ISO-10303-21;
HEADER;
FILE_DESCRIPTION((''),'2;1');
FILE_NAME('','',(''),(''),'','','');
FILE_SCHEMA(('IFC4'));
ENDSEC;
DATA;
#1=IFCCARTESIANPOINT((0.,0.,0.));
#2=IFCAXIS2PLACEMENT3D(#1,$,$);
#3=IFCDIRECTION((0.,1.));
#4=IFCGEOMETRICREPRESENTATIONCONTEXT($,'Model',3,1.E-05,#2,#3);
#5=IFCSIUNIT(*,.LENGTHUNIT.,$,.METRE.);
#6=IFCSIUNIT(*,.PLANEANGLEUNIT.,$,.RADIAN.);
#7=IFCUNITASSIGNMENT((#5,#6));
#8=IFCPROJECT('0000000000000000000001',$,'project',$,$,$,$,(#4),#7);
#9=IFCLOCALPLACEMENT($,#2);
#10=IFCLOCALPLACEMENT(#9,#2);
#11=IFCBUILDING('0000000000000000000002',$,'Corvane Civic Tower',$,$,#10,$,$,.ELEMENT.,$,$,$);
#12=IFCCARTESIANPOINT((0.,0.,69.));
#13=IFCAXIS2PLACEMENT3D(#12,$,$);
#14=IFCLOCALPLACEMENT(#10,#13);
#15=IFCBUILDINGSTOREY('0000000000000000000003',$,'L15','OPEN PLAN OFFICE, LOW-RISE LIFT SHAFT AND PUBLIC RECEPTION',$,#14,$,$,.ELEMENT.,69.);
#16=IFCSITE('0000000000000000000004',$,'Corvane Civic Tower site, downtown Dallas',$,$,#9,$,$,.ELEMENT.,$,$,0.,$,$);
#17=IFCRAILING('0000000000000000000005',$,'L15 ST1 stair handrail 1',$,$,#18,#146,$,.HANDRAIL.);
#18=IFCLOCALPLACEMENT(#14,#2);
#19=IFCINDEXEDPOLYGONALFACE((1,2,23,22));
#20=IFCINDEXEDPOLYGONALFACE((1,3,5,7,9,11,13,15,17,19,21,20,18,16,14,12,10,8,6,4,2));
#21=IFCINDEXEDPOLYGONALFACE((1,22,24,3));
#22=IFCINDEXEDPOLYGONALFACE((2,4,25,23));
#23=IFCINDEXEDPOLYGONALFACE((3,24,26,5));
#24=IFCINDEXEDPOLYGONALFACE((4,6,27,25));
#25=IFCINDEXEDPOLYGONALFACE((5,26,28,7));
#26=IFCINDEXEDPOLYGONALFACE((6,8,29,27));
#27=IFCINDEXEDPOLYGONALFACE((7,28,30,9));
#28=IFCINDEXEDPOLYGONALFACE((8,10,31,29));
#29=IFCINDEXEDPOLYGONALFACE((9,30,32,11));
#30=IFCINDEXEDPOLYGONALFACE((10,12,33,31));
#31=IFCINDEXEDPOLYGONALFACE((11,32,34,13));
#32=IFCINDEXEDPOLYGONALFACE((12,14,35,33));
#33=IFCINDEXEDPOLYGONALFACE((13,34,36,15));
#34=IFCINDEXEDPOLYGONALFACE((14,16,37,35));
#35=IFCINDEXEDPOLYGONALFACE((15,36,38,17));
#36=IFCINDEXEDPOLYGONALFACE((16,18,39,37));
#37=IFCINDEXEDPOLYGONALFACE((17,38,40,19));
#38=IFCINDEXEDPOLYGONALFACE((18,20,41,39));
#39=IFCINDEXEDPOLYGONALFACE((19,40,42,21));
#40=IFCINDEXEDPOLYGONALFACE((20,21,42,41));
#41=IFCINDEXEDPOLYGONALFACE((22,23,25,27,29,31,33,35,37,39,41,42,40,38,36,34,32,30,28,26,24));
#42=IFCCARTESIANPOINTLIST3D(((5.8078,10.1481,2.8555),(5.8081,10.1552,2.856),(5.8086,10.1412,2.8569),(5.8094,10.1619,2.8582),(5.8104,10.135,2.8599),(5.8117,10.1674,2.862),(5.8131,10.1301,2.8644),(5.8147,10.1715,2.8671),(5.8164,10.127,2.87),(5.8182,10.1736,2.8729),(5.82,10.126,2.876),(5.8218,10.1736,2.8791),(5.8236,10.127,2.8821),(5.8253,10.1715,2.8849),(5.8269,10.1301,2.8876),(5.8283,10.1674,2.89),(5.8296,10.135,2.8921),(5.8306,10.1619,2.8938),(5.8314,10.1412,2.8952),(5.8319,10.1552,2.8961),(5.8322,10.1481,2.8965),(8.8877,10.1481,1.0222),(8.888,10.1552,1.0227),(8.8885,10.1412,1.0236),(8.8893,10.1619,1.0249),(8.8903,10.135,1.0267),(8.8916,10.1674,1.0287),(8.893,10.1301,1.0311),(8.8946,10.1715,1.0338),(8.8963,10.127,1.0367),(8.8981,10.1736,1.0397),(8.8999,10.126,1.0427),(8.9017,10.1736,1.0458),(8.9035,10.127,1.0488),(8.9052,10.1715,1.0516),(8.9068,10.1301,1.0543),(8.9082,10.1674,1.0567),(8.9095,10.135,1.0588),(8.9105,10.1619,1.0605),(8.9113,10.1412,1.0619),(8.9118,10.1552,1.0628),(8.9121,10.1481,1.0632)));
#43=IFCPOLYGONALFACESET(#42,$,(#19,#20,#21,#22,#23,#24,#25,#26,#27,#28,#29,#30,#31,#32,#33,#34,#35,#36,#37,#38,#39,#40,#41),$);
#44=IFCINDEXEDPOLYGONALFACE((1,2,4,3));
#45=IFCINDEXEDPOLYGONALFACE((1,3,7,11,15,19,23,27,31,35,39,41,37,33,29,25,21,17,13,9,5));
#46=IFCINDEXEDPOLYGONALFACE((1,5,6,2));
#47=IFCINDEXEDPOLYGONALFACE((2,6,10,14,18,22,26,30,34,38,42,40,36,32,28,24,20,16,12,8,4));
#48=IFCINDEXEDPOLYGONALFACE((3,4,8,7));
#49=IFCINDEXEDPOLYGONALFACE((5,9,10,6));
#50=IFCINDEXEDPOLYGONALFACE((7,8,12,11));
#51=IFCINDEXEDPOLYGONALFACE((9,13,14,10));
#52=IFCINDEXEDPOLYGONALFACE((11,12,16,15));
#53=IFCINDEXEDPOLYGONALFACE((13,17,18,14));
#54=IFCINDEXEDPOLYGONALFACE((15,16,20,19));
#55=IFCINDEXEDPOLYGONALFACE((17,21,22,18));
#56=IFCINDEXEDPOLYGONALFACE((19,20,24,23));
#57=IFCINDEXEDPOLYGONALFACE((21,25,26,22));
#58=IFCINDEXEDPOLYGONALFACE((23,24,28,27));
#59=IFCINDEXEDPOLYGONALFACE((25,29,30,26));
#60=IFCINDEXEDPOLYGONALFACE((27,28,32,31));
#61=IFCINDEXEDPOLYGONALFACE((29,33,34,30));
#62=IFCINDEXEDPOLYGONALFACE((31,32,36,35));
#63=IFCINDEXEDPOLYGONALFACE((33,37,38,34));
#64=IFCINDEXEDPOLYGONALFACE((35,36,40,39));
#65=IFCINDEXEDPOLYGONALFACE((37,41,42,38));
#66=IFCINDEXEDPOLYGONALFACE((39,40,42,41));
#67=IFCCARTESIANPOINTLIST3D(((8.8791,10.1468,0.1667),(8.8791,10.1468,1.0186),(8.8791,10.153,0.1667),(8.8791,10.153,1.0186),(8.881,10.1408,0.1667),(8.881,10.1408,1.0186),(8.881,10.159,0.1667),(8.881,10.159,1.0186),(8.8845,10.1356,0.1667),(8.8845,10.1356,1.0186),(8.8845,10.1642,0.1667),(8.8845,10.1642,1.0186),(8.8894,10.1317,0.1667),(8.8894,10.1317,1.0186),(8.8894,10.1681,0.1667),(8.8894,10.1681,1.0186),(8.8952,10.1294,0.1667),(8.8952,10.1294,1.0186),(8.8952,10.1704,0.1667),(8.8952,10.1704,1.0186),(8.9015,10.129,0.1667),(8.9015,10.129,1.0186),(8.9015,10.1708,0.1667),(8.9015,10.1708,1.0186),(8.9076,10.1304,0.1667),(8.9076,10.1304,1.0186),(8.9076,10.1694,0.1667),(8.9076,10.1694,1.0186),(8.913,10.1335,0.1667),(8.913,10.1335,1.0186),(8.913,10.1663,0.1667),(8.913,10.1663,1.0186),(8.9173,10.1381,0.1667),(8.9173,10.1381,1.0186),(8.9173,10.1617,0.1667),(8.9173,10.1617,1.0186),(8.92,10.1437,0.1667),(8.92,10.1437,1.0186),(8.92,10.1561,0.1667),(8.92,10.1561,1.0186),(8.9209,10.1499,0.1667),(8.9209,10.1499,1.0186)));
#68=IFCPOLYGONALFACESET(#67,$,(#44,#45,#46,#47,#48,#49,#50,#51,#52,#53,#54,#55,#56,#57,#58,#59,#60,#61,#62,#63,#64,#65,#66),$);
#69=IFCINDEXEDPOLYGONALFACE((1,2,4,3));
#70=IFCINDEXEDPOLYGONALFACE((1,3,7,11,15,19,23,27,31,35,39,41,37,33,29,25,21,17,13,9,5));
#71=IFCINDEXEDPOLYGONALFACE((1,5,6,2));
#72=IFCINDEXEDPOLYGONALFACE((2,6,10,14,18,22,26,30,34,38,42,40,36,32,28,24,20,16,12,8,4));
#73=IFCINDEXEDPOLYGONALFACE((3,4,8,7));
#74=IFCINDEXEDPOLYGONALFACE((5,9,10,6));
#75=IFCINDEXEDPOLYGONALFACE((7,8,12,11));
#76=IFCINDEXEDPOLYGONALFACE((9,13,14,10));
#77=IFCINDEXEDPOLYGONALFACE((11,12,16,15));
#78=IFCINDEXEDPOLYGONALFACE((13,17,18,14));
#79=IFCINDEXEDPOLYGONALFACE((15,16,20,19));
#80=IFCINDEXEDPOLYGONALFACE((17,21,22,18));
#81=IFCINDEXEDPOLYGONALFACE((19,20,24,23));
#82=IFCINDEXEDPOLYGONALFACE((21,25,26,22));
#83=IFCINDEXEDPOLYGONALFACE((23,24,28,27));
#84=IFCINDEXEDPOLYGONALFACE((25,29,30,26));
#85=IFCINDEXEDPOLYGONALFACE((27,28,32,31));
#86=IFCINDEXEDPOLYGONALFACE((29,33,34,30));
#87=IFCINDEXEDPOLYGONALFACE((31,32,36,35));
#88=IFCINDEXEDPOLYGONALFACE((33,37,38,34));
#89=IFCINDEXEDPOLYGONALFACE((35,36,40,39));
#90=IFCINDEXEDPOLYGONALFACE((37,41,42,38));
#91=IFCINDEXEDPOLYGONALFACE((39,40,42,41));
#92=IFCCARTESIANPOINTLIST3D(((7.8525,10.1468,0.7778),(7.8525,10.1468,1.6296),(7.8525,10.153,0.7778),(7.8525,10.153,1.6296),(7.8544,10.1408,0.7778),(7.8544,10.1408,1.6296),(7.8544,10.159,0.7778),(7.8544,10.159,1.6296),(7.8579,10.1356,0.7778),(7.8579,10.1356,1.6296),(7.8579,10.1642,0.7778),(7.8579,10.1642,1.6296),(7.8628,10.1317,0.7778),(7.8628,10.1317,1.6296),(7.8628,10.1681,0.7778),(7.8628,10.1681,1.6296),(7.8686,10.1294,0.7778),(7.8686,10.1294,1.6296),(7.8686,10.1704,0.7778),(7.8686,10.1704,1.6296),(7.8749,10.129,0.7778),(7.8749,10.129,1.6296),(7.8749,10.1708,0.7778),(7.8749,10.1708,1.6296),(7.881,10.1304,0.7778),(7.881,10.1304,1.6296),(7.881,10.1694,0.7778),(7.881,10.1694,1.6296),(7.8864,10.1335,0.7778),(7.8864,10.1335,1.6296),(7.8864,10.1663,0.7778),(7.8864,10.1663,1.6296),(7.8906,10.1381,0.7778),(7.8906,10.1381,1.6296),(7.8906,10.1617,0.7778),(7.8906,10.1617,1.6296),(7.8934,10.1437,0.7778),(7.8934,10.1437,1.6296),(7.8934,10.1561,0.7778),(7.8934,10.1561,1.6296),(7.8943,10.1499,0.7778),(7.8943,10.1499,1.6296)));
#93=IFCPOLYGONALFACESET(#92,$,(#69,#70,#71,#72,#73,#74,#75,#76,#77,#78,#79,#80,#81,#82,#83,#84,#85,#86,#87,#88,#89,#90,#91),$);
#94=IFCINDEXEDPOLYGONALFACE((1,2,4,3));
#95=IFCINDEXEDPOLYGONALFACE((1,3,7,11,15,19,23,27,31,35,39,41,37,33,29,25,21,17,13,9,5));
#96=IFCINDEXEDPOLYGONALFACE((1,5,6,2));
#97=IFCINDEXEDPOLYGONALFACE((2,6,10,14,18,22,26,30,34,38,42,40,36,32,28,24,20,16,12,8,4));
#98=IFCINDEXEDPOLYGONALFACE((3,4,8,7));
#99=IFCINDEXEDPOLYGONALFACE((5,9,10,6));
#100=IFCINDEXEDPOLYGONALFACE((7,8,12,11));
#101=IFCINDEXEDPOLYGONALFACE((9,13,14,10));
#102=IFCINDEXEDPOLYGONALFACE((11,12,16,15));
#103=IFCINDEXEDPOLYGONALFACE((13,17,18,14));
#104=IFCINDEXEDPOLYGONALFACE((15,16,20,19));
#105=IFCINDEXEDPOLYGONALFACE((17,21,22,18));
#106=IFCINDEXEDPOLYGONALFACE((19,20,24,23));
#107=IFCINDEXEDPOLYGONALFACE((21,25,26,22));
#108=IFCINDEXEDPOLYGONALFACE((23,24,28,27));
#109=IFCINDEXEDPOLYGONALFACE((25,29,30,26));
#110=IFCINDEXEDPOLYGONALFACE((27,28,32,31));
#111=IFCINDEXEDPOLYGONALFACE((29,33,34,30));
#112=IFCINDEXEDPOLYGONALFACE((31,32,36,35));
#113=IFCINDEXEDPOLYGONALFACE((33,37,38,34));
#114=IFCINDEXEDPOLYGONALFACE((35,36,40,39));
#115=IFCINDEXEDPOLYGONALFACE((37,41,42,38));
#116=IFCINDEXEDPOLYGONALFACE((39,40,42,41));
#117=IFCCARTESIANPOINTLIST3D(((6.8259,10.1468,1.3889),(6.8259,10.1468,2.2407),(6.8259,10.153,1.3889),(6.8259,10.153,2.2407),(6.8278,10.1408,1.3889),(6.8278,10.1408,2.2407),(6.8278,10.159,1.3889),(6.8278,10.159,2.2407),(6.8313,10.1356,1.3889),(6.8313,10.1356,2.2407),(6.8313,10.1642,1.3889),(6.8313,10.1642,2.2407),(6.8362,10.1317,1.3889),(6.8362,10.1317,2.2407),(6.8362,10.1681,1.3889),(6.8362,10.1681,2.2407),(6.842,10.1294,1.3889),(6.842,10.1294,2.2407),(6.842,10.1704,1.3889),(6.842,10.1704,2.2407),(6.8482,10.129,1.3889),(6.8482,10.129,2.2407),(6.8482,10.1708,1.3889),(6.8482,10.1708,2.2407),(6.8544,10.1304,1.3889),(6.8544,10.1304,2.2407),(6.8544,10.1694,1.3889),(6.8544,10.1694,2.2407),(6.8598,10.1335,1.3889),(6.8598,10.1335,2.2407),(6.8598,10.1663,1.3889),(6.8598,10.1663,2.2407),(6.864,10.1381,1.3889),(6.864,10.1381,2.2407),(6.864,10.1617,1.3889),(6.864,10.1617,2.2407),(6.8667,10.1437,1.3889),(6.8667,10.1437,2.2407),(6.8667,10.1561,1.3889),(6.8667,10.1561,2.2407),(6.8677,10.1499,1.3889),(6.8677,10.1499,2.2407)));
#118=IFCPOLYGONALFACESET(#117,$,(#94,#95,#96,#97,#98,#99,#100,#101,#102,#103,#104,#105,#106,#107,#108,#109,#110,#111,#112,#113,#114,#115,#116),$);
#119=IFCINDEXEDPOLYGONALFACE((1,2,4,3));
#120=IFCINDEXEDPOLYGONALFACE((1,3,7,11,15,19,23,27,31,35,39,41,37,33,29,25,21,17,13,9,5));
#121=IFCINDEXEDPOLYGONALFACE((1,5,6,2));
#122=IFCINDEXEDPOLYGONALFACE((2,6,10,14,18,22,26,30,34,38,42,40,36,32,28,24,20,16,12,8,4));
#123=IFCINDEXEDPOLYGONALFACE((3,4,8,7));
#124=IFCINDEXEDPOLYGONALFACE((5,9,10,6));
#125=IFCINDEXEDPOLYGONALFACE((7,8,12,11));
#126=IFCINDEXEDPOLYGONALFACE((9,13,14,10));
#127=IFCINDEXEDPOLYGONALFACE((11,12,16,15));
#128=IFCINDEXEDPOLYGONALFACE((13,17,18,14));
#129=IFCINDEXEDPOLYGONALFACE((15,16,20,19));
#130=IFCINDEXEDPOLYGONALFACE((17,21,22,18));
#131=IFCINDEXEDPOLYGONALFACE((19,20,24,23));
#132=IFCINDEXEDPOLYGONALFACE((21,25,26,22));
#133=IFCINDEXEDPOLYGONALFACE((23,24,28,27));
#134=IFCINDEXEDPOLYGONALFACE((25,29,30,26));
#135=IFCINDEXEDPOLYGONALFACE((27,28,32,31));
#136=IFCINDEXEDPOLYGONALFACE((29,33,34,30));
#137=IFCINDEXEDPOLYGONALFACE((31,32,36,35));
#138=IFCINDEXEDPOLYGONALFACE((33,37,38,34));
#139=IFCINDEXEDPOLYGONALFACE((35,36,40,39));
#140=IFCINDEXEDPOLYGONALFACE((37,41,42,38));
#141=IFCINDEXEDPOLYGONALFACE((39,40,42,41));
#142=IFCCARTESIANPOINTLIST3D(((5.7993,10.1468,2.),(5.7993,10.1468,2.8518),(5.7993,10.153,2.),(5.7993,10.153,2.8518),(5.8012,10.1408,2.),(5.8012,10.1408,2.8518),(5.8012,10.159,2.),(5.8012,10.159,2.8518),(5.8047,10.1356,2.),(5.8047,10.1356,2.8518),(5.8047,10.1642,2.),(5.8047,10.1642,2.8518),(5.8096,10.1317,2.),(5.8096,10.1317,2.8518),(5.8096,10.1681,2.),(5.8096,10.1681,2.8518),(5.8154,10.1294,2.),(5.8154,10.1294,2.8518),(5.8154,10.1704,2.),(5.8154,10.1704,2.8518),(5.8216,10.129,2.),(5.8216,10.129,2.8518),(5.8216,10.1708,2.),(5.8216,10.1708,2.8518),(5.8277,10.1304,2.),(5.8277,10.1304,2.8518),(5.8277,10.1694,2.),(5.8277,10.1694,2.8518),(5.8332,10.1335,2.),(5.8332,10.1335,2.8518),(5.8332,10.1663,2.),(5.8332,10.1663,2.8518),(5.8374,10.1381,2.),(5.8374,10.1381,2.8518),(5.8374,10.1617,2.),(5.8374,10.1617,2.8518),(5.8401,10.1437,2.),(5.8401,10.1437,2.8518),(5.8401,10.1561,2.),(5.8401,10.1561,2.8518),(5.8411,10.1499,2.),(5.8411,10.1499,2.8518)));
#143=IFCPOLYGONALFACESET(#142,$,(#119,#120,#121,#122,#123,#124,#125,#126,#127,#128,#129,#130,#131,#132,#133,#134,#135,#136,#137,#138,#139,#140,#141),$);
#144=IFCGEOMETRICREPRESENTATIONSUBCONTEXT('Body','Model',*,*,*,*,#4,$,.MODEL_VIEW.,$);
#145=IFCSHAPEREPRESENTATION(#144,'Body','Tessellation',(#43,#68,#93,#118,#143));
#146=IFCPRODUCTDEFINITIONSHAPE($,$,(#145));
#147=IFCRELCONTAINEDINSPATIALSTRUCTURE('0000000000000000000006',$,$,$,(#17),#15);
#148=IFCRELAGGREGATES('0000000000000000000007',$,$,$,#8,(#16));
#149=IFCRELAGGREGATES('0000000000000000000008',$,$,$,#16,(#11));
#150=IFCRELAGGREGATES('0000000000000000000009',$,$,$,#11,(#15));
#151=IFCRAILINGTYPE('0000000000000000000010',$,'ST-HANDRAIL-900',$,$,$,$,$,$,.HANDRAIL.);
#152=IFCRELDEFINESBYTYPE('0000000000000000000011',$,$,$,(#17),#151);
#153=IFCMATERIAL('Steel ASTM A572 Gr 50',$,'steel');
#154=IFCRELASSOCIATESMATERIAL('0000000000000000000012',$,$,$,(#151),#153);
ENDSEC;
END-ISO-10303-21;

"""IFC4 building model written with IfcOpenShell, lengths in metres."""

from ifc_helpers import new_model, si_unit, direction, frame, origin, origin_2d, place, context, subcontext, project, spatial, circle, extrude, material, type_object, element, save


model = new_model("IFC4")

# Units and contexts
model_context = context("Model", 3, precision=1e-05, world=origin(), true_north=direction((0.0, 1.0)))
body_context = subcontext(model_context, "Body", "Model", "MODEL_VIEW")
ifc_project = project(units=[si_unit("LENGTHUNIT", "METRE"), si_unit("PLANEANGLEUNIT", "RADIAN")], contexts=[model_context])

# Site, building, storey
site_placement = place(None, origin())
site = spatial("IfcSite", under=ifc_project, at=site_placement, Name="Corvane Civic Tower site, downtown Dallas", CompositionType="ELEMENT", RefElevation=0.0)
building_placement = place(site_placement, origin())
building = spatial("IfcBuilding", under=site, at=building_placement, Name="Corvane Civic Tower", CompositionType="ELEMENT")
storey_placement = place(building_placement, frame((0.0, 0.0, 69.0)))
storey = spatial("IfcBuildingStorey", under=building, at=storey_placement, Name="L15", Description="OPEN PLAN OFFICE, LOW-RISE LIFT SHAFT AND PUBLIC RECEPTION", CompositionType="ELEMENT", Elevation=69.0)

# Railing
ifc_material_1 = material(Name="Steel ASTM A572 Gr 50", Category="steel")
railing_type_1 = type_object("IfcRailingType", Name="ST-HANDRAIL-900", PredefinedType="HANDRAIL", material=ifc_material_1)
railing_1_placement = place(storey_placement, frame((8.8999, 10.1499, 0.1667)))
element("IfcRailing", 1, at=railing_1_placement, inside=storey, type_object=railing_type_1, Name="L15 ST1 stair handrail 1", PredefinedType="HANDRAIL", context=body_context, shape_type="SweptSolid", body=[
    extrude(circle(Radius=0.0239, at=origin_2d()), frame((0.0, 0.0, 0.876), z_axis=(-0.859291, 0.0, 0.511487), x_axis=(0.0, -1.0, 0.0)), (0.0, 0.0, 1.0), 3.5842),
    extrude(circle(Radius=0.021, at=origin_2d()), origin(), (0.0, 0.0, 1.0), 0.8518),
    extrude(circle(Radius=0.021, at=origin_2d()), frame((-1.0266, 0.0, 0.6111)), (0.0, 0.0, 1.0), 0.8518),
    extrude(circle(Radius=0.021, at=origin_2d()), frame((-2.0532, 0.0, 1.2222)), (0.0, 0.0, 1.0), 0.8518),
    extrude(circle(Radius=0.021, at=origin_2d()), frame((-3.0798, 0.0, 1.8333)), (0.0, 0.0, 1.0), 0.8518),
])

save(model, "model.ifc")
